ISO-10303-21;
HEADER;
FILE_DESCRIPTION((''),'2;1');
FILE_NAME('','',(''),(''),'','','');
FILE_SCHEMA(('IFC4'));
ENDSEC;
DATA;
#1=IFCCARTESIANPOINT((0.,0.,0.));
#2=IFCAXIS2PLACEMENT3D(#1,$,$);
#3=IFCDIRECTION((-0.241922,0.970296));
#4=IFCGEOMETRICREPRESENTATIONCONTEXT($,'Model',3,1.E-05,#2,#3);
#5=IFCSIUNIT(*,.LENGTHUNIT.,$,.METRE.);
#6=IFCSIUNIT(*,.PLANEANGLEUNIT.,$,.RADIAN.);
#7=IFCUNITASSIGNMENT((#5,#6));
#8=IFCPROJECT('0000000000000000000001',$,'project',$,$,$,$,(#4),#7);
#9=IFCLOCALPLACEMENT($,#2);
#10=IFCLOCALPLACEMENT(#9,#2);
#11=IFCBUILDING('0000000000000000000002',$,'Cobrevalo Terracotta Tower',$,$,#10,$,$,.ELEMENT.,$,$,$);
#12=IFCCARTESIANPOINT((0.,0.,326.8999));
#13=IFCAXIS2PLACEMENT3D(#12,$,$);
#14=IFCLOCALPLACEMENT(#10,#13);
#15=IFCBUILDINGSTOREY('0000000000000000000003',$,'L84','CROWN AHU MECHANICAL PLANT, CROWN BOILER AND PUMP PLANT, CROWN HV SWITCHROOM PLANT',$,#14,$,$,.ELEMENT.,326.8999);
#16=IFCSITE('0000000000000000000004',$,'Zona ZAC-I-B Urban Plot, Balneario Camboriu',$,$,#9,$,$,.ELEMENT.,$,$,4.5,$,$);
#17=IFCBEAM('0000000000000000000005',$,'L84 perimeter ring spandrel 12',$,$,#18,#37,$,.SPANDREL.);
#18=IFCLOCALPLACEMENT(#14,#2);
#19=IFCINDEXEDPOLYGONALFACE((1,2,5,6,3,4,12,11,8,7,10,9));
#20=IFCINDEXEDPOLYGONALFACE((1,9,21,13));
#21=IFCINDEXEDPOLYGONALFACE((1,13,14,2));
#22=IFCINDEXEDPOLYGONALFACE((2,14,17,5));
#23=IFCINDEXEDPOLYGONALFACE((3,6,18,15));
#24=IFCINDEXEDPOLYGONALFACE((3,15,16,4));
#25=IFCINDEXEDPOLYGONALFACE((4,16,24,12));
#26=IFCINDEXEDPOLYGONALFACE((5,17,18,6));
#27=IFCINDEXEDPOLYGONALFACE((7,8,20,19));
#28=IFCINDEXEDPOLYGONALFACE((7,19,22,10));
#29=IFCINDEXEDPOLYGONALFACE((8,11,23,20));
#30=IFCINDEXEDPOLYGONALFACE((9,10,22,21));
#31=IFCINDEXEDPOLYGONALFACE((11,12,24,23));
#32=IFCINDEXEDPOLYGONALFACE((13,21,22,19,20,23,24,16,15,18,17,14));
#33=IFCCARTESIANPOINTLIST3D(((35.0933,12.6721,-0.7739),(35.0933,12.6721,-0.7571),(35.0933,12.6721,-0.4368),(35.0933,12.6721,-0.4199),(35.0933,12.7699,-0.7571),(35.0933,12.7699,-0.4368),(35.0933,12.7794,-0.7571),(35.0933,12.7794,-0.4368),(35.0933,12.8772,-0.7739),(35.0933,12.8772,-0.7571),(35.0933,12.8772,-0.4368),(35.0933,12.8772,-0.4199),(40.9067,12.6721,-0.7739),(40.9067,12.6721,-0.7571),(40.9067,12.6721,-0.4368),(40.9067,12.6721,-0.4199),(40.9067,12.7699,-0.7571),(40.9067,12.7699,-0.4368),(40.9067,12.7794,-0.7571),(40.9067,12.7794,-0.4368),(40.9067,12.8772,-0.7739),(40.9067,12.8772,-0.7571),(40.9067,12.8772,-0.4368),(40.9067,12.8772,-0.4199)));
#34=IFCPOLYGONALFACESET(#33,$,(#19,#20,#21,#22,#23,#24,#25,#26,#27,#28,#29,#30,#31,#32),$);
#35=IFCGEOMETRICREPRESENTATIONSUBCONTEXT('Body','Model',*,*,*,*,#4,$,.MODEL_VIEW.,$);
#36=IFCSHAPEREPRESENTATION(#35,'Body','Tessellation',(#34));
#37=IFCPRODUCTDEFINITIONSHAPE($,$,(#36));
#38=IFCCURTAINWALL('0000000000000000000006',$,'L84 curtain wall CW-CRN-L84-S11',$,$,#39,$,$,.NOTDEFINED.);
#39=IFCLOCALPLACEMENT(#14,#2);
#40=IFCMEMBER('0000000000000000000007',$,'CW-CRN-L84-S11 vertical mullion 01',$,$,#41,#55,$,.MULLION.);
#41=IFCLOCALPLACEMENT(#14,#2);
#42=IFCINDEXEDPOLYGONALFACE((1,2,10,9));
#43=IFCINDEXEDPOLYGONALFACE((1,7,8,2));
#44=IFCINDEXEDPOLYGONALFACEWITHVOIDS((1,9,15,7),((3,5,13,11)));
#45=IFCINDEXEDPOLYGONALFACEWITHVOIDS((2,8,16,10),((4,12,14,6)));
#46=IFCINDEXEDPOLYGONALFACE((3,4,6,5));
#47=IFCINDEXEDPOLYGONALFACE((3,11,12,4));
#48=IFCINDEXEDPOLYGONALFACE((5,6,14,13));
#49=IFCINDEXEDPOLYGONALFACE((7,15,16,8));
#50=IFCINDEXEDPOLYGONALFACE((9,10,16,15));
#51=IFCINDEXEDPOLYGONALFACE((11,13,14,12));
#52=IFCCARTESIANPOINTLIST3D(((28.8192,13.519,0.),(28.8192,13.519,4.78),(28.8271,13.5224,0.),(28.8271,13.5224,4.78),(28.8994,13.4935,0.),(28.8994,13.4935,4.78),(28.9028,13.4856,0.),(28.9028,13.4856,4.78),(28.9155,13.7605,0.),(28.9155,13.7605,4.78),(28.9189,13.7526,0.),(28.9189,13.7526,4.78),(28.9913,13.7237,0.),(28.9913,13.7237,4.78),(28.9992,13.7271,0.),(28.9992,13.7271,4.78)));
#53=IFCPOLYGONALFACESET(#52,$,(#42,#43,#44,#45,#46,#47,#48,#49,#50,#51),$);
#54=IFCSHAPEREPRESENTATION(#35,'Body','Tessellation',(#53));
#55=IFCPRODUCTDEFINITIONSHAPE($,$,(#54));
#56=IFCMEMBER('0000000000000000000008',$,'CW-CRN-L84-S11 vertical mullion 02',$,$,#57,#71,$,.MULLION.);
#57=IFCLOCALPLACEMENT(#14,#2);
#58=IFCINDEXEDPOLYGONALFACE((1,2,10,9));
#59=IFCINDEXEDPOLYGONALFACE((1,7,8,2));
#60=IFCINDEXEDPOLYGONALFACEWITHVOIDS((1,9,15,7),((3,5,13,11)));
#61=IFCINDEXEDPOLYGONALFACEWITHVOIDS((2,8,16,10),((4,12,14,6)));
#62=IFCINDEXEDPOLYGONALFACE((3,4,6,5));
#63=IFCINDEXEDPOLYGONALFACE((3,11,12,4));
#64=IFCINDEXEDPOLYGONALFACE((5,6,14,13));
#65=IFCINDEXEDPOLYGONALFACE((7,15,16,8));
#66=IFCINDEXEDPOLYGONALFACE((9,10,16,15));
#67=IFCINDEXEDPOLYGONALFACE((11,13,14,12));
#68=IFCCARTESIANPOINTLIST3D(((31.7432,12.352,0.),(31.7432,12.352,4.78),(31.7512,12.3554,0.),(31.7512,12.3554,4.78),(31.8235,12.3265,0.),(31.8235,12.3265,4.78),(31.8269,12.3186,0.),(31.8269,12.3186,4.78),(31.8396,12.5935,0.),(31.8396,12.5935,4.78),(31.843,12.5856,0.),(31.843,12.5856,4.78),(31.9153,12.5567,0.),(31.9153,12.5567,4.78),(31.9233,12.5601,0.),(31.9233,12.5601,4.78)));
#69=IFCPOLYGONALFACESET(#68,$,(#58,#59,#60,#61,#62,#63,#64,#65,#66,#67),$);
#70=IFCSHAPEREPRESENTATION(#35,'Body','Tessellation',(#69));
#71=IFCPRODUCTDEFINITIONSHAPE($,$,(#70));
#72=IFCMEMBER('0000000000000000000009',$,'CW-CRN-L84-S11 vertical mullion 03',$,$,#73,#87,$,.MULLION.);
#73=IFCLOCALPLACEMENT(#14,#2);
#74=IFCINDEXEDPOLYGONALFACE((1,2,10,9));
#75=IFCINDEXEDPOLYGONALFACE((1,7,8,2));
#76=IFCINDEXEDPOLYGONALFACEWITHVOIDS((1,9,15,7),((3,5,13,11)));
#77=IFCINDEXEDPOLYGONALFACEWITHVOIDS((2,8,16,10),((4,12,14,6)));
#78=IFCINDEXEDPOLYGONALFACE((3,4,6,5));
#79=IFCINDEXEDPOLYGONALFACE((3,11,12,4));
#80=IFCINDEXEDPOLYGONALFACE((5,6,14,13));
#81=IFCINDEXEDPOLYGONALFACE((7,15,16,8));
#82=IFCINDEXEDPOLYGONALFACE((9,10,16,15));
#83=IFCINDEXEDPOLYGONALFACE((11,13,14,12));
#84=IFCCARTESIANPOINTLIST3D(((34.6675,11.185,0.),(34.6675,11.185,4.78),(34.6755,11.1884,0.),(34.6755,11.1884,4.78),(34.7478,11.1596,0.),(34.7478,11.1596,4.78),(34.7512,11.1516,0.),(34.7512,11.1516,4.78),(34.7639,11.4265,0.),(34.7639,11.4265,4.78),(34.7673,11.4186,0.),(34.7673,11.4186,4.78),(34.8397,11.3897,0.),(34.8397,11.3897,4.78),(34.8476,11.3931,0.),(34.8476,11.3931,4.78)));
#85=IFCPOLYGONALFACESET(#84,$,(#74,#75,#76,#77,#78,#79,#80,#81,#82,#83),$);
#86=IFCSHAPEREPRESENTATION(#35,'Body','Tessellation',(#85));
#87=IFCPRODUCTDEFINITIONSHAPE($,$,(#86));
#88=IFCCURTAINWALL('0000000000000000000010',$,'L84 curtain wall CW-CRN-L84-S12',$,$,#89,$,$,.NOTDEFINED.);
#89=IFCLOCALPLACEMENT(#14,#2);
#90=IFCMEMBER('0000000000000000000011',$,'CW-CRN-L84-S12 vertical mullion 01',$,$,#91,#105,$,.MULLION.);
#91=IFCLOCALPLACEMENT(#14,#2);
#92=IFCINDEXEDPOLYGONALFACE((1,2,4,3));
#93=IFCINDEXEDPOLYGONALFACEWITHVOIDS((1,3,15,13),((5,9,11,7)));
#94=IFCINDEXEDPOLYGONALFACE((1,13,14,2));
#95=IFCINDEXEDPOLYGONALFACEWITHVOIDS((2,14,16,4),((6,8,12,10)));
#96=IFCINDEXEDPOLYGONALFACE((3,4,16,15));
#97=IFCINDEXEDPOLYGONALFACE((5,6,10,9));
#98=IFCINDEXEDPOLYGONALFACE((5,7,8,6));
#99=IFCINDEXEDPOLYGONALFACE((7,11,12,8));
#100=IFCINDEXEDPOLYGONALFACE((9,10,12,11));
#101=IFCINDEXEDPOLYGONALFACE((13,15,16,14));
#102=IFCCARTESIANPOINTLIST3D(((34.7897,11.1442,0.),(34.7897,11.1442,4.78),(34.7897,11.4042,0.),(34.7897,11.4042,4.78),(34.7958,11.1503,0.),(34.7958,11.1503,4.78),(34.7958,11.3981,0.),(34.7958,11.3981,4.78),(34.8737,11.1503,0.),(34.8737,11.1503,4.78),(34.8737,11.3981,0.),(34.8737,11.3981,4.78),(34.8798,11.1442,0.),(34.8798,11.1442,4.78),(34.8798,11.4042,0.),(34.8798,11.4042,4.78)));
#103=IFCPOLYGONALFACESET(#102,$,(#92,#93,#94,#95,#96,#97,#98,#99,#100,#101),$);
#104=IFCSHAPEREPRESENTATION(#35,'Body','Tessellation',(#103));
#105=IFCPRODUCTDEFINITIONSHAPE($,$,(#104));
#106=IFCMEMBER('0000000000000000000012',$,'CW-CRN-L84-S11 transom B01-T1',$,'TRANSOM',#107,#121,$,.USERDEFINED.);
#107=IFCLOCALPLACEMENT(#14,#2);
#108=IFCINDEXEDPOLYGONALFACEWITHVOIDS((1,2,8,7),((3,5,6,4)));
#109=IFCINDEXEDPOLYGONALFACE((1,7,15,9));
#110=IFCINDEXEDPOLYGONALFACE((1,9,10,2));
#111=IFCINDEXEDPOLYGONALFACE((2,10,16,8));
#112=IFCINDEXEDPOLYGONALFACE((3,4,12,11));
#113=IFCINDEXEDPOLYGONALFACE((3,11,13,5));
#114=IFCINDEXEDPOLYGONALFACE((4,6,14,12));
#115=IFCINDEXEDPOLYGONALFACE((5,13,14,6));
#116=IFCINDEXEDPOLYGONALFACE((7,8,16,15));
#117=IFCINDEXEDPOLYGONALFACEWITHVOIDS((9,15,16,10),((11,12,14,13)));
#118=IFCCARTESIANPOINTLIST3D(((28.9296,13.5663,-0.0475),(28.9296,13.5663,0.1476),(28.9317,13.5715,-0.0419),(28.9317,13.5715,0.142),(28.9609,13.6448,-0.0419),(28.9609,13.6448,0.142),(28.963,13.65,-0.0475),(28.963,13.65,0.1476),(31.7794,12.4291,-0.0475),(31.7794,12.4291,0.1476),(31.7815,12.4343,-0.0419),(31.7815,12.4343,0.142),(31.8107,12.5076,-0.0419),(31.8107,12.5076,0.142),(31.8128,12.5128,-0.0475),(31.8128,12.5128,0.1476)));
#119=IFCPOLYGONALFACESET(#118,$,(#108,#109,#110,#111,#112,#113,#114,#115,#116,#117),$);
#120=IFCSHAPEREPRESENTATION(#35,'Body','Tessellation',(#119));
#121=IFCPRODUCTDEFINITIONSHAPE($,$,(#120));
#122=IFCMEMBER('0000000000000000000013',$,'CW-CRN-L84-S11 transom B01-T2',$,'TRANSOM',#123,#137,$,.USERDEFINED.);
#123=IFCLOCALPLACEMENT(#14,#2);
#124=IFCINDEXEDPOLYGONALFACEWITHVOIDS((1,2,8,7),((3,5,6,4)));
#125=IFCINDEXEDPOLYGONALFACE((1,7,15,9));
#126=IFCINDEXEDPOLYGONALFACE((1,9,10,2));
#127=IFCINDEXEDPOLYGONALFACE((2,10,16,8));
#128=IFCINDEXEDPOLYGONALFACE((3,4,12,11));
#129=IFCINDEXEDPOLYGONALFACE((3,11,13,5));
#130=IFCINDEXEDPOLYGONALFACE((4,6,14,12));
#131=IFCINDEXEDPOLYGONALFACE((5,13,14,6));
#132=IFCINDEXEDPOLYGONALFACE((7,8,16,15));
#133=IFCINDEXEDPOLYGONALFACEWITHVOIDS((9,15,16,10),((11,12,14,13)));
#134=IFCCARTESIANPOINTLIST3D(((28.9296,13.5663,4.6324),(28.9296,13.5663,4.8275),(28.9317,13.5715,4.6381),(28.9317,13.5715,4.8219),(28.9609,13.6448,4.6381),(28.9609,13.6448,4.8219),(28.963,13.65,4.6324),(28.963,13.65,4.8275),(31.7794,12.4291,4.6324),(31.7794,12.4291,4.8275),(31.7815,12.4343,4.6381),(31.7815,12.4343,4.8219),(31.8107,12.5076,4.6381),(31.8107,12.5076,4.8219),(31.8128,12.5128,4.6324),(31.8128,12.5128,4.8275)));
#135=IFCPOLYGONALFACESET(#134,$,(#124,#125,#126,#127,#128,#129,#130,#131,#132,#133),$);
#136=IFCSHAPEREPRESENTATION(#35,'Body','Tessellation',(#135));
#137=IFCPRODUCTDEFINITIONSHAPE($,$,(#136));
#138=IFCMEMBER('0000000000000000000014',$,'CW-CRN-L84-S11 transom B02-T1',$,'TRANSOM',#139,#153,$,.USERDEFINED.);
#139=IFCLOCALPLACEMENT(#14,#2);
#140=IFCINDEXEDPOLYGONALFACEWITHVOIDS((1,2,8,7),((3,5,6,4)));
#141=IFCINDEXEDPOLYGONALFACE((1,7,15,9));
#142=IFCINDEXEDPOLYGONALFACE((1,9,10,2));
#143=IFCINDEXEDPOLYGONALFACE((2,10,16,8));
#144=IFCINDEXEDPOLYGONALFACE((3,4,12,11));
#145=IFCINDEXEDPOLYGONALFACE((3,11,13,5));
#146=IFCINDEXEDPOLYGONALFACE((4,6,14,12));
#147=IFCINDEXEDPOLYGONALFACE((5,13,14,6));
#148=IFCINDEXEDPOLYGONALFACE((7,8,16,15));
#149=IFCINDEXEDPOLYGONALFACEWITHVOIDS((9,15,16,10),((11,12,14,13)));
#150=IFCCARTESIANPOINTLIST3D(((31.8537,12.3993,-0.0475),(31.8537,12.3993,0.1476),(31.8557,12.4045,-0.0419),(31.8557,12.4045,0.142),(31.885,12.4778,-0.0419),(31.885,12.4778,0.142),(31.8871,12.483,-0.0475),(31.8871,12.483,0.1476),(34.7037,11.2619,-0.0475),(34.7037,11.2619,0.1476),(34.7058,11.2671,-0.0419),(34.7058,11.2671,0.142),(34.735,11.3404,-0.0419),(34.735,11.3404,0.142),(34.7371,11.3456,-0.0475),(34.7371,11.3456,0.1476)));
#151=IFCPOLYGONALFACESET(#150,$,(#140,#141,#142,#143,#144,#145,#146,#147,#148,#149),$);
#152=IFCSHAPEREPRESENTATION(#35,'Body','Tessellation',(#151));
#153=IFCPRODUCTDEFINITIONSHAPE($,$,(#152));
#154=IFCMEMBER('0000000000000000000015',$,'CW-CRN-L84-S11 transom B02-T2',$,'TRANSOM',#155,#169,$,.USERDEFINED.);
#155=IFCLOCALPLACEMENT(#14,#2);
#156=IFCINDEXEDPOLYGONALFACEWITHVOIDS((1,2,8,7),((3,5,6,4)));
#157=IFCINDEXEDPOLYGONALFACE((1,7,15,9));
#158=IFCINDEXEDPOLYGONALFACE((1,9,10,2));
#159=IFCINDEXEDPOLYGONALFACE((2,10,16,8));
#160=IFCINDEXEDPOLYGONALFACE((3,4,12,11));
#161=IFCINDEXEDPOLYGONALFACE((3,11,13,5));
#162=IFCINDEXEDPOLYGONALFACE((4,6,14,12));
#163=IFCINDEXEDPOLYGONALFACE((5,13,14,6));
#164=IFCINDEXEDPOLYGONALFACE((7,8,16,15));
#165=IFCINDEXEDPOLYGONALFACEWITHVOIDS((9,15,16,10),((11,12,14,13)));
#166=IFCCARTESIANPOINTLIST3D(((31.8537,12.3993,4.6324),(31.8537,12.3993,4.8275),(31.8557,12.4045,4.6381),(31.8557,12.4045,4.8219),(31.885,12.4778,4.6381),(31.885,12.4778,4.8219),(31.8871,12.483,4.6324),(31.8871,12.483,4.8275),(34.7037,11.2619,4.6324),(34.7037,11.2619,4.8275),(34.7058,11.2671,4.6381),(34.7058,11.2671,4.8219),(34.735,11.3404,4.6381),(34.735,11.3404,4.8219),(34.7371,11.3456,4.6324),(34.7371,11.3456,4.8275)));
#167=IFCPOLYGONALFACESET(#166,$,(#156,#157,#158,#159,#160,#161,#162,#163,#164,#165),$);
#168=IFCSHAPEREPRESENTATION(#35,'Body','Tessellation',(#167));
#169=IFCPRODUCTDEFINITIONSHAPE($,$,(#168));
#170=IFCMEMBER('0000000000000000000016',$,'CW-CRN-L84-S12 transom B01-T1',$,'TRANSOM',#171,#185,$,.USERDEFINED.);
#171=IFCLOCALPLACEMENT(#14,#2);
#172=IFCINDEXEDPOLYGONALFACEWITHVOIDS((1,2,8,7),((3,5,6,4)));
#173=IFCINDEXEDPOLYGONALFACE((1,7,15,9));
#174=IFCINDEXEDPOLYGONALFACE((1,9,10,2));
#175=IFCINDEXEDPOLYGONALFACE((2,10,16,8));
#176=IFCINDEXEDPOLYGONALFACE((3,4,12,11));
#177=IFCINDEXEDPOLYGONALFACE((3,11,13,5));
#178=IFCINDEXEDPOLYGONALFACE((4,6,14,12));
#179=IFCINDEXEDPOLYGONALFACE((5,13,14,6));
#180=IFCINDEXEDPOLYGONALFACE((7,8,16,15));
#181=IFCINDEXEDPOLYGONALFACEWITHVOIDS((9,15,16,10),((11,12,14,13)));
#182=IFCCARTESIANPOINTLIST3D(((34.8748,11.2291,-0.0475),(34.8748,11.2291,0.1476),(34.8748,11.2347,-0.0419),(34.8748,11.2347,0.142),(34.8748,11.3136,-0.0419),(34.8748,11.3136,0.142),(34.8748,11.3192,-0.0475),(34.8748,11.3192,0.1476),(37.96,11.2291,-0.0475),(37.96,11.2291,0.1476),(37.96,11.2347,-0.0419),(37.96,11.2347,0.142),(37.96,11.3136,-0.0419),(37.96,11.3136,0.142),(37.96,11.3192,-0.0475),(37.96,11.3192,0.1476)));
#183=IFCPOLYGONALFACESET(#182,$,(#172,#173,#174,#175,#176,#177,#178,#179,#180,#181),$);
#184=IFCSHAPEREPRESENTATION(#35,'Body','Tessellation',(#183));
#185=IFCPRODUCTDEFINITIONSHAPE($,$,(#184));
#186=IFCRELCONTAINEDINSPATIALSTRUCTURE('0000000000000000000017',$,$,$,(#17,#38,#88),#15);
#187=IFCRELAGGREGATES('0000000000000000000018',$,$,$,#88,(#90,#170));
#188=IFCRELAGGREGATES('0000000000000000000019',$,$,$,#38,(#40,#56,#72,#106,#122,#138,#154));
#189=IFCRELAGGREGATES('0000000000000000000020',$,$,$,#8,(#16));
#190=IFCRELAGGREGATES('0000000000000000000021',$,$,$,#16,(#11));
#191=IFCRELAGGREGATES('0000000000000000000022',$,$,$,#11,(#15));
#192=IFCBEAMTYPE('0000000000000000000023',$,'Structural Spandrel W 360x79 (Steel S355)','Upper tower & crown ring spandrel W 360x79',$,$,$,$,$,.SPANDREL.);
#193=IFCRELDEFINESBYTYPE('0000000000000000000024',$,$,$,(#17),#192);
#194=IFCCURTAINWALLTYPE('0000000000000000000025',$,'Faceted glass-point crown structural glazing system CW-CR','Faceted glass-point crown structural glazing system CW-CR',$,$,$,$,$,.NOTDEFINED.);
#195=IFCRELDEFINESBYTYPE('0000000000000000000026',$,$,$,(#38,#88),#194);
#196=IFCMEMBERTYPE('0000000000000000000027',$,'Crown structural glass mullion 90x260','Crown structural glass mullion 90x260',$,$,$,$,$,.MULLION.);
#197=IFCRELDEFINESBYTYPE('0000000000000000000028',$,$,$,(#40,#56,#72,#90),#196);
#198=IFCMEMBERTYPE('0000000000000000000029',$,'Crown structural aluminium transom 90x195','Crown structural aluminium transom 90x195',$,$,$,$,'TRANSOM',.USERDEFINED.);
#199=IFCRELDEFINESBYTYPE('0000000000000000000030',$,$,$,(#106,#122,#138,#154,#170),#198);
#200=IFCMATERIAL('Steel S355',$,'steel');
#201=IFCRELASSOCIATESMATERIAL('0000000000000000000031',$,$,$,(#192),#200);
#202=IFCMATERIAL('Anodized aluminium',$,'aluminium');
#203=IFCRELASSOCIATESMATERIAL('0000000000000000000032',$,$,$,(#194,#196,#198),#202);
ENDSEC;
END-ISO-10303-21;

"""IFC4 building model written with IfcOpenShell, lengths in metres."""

from ifc_helpers import new_model, si_unit, direction, frame, origin, origin_2d, place, context, subcontext, project, spatial, hollow_rectangle, i_section, extrude, source, transform, mapped, material, material_profile, profile_set, type_object, element, aggregate, save


model = new_model("IFC4")

# Units and contexts
model_context = context("Model", 3, precision=1e-05, world=origin(), true_north=direction((-0.241922, 0.970296)))
body_context = subcontext(model_context, "Body", "Model", "MODEL_VIEW")
ifc_project = project(units=[si_unit("LENGTHUNIT", "METRE"), si_unit("PLANEANGLEUNIT", "RADIAN")], contexts=[model_context])

# Site, building, storey
site_placement = place(None, origin())
site = spatial("IfcSite", under=ifc_project, at=site_placement, Name="Zona ZAC-I-B Urban Plot, Balneario Camboriu", CompositionType="ELEMENT", RefElevation=4.5)
building_placement = place(site_placement, origin())
building = spatial("IfcBuilding", under=site, at=building_placement, Name="Cobrevalo Terracotta Tower", CompositionType="ELEMENT")
storey_placement = place(building_placement, frame((0.0, 0.0, 326.8999)))
storey = spatial("IfcBuildingStorey", under=building, at=storey_placement, Name="L84", Description="CROWN AHU MECHANICAL PLANT, CROWN BOILER AND PUMP PLANT, CROWN HV SWITCHROOM PLANT", CompositionType="ELEMENT", Elevation=326.8999)

# Shared definitions
ifc_material_1 = material(Name="Steel S355", Category="steel")

# Beam
ifc_material_profile_1 = material_profile(ifc_material_1, i_section(OverallWidth=0.2051, OverallDepth=0.354, WebThickness=0.0095, FlangeThickness=0.0168, at=origin_2d()), Name="W 360x79")
ifc_profile_set_1 = profile_set([ifc_material_profile_1], Name="Steel S355")
beam_type_1 = type_object("IfcBeamType", Name="Structural Spandrel W 360x79 (Steel S355)", Description="Upper tower & crown ring spandrel W 360x79", PredefinedType="SPANDREL", material=ifc_profile_set_1)
beam_1_placement = place(storey_placement, frame((35.0933, 12.7747, -0.5969), z_axis=(1.0, 0.0, 0.0), x_axis=(0.0, 1.0, 0.0)))
element("IfcBeam", 1, at=beam_1_placement, inside=storey, type_object=beam_type_1, Name="L84 perimeter ring spandrel 12", PredefinedType="SPANDREL", context=body_context, shape_type="SweptSolid", body=[
    extrude(i_section(OverallWidth=0.2051, OverallDepth=0.354, WebThickness=0.0095, FlangeThickness=0.0168, at=origin_2d()), origin(), (0.0, 0.0, 1.0), 5.8135),
])

# Curtain wall, members
ifc_material_2 = material(Name="Anodized aluminium", Category="aluminium")
curtain_wall_type = type_object("IfcCurtainWallType", Name="Faceted glass-point crown structural glazing system CW-CR", Description="Faceted glass-point crown structural glazing system CW-CR", PredefinedType="NOTDEFINED", material=ifc_material_2)
curtain_wall_1_placement = place(storey_placement, origin())
curtain_wall_1 = element("IfcCurtainWall", 2, at=curtain_wall_1_placement, inside=storey, type_object=curtain_wall_type, Name="L84 curtain wall CW-CRN-L84-S11", PredefinedType="NOTDEFINED")
ifc_material_profile_2 = material_profile(ifc_material_2, hollow_rectangle(XDim=0.0901, YDim=0.26, WallThickness=0.0061, at=origin_2d()), Name="CWM 90x260")
ifc_profile_set_2 = profile_set([ifc_material_profile_2], Name="Anodized aluminium")
member_type_1 = type_object("IfcMemberType", Name="Crown structural glass mullion 90x260", Description="Crown structural glass mullion 90x260", PredefinedType="MULLION", material=ifc_profile_set_2)
shared_shape_1 = source(origin(), body_context, "Body", "SweptSolid", [
    extrude(hollow_rectangle(XDim=0.0901, YDim=0.26, WallThickness=0.0061, at=origin_2d()), origin(), (0.0, 0.0, 1.0), 4.78),
])
member_1_placement = place(storey_placement, frame((28.9092, 13.623, 0.0), z_axis=(0.0, 0.0, 1.0), x_axis=(0.928771, -0.370655, 0.0)))
member_1 = element("IfcMember", 3, at=member_1_placement, type_object=member_type_1, Name="CW-CRN-L84-S11 vertical mullion 01", PredefinedType="MULLION", context=body_context, shape_type="MappedRepresentation", body=[
    mapped(shared_shape_1, transform((0.0, 0.0, 0.0), scale=1.0)),
])
member_2_placement = place(storey_placement, frame((31.8333, 12.4561, 0.0), z_axis=(0.0, 0.0, 1.0), x_axis=(0.928771, -0.370655, 0.0)))
member_2 = element("IfcMember", 4, at=member_2_placement, type_object=member_type_1, Name="CW-CRN-L84-S11 vertical mullion 02", PredefinedType="MULLION", context=body_context, shape_type="MappedRepresentation", body=[
    mapped(shared_shape_1, transform((0.0, 0.0, 0.0), scale=1.0)),
])
member_3_placement = place(storey_placement, frame((34.7576, 11.2891, 0.0), z_axis=(0.0, 0.0, 1.0), x_axis=(0.928771, -0.370655, 0.0)))
member_3 = element("IfcMember", 5, at=member_3_placement, type_object=member_type_1, Name="CW-CRN-L84-S11 vertical mullion 03", PredefinedType="MULLION", context=body_context, shape_type="MappedRepresentation", body=[
    mapped(shared_shape_1, transform((0.0, 0.0, 0.0), scale=1.0)),
])

# Curtain wall, member
curtain_wall_2_placement = place(storey_placement, origin())
curtain_wall_2 = element("IfcCurtainWall", 6, at=curtain_wall_2_placement, inside=storey, type_object=curtain_wall_type, Name="L84 curtain wall CW-CRN-L84-S12", PredefinedType="NOTDEFINED")
member_4_placement = place(storey_placement, frame((34.8347, 11.2742, 0.0), z_axis=(0.0, 0.0, 1.0), x_axis=(1.0, 0.0, 0.0)))
member_4 = element("IfcMember", 7, at=member_4_placement, type_object=member_type_1, Name="CW-CRN-L84-S12 vertical mullion 01", PredefinedType="MULLION", context=body_context, shape_type="MappedRepresentation", body=[
    mapped(shared_shape_1, transform((0.0, 0.0, 0.0), scale=1.0)),
])

# Members
ifc_material_profile_3 = material_profile(ifc_material_2, hollow_rectangle(XDim=0.0901, YDim=0.1951, WallThickness=0.0056, at=origin_2d()), Name="CWT 90x195")
ifc_profile_set_3 = profile_set([ifc_material_profile_3], Name="Anodized aluminium")
member_type_2 = type_object("IfcMemberType", Name="Crown structural aluminium transom 90x195", Description="Crown structural aluminium transom 90x195", ElementType="TRANSOM", PredefinedType="USERDEFINED", material=ifc_profile_set_3)
shared_shape_2 = source(origin(), body_context, "Body", "SweptSolid", [
    extrude(hollow_rectangle(XDim=0.0901, YDim=0.1951, WallThickness=0.0056, at=origin_2d()), origin(), (0.0, 0.0, 1.0), 3.0684),
])
member_5_placement = place(storey_placement, frame((28.9463, 13.6082, 0.05), z_axis=(0.928784, -0.370622, 0.0), x_axis=(0.370622, 0.928784, 0.0)))
member_5 = element("IfcMember", 8, at=member_5_placement, type_object=member_type_2, Name="CW-CRN-L84-S11 transom B01-T1", ObjectType="TRANSOM", PredefinedType="USERDEFINED", context=body_context, shape_type="MappedRepresentation", body=[
    mapped(shared_shape_2, transform((0.0, 0.0, 0.0), scale=1.0)),
])
member_6_placement = place(storey_placement, frame((28.9463, 13.6082, 4.73), z_axis=(0.928784, -0.370622, 0.0), x_axis=(0.370622, 0.928784, 0.0)))
member_6 = element("IfcMember", 9, at=member_6_placement, type_object=member_type_2, Name="CW-CRN-L84-S11 transom B01-T2", ObjectType="TRANSOM", PredefinedType="USERDEFINED", context=body_context, shape_type="MappedRepresentation", body=[
    mapped(shared_shape_2, transform((0.0, 0.0, 0.0), scale=1.0)),
])
shared_shape_3 = source(origin(), body_context, "Body", "SweptSolid", [
    extrude(hollow_rectangle(XDim=0.0901, YDim=0.1951, WallThickness=0.0056, at=origin_2d()), origin(), (0.0, 0.0, 1.0), 3.0686),
])
member_7_placement = place(storey_placement, frame((31.8704, 12.4412, 0.05), z_axis=(0.928767, -0.370664, 0.0), x_axis=(0.370664, 0.928767, 0.0)))
member_7 = element("IfcMember", 10, at=member_7_placement, type_object=member_type_2, Name="CW-CRN-L84-S11 transom B02-T1", ObjectType="TRANSOM", PredefinedType="USERDEFINED", context=body_context, shape_type="MappedRepresentation", body=[
    mapped(shared_shape_3, transform((0.0, 0.0, 0.0), scale=1.0)),
])
member_8_placement = place(storey_placement, frame((31.8704, 12.4412, 4.73), z_axis=(0.928767, -0.370664, 0.0), x_axis=(0.370664, 0.928767, 0.0)))
member_8 = element("IfcMember", 11, at=member_8_placement, type_object=member_type_2, Name="CW-CRN-L84-S11 transom B02-T2", ObjectType="TRANSOM", PredefinedType="USERDEFINED", context=body_context, shape_type="MappedRepresentation", body=[
    mapped(shared_shape_3, transform((0.0, 0.0, 0.0), scale=1.0)),
])
shared_shape_4 = source(origin(), body_context, "Body", "SweptSolid", [
    extrude(hollow_rectangle(XDim=0.0901, YDim=0.1951, WallThickness=0.0056, at=origin_2d()), origin(), (0.0, 0.0, 1.0), 3.0852),
])
member_9_placement = place(storey_placement, frame((34.8748, 11.2742, 0.05), z_axis=(1.0, 0.0, 0.0), x_axis=(0.0, 1.0, 0.0)))
member_9 = element("IfcMember", 12, at=member_9_placement, type_object=member_type_2, Name="CW-CRN-L84-S12 transom B01-T1", ObjectType="TRANSOM", PredefinedType="USERDEFINED", context=body_context, shape_type="MappedRepresentation", body=[
    mapped(shared_shape_4, transform((0.0, 0.0, 0.0), scale=1.0)),
])
aggregate(curtain_wall_2, [member_4, member_9])

aggregate(curtain_wall_1, [member_1, member_2, member_3, member_5, member_6, member_7, member_8])

save(model, "model.ifc")
